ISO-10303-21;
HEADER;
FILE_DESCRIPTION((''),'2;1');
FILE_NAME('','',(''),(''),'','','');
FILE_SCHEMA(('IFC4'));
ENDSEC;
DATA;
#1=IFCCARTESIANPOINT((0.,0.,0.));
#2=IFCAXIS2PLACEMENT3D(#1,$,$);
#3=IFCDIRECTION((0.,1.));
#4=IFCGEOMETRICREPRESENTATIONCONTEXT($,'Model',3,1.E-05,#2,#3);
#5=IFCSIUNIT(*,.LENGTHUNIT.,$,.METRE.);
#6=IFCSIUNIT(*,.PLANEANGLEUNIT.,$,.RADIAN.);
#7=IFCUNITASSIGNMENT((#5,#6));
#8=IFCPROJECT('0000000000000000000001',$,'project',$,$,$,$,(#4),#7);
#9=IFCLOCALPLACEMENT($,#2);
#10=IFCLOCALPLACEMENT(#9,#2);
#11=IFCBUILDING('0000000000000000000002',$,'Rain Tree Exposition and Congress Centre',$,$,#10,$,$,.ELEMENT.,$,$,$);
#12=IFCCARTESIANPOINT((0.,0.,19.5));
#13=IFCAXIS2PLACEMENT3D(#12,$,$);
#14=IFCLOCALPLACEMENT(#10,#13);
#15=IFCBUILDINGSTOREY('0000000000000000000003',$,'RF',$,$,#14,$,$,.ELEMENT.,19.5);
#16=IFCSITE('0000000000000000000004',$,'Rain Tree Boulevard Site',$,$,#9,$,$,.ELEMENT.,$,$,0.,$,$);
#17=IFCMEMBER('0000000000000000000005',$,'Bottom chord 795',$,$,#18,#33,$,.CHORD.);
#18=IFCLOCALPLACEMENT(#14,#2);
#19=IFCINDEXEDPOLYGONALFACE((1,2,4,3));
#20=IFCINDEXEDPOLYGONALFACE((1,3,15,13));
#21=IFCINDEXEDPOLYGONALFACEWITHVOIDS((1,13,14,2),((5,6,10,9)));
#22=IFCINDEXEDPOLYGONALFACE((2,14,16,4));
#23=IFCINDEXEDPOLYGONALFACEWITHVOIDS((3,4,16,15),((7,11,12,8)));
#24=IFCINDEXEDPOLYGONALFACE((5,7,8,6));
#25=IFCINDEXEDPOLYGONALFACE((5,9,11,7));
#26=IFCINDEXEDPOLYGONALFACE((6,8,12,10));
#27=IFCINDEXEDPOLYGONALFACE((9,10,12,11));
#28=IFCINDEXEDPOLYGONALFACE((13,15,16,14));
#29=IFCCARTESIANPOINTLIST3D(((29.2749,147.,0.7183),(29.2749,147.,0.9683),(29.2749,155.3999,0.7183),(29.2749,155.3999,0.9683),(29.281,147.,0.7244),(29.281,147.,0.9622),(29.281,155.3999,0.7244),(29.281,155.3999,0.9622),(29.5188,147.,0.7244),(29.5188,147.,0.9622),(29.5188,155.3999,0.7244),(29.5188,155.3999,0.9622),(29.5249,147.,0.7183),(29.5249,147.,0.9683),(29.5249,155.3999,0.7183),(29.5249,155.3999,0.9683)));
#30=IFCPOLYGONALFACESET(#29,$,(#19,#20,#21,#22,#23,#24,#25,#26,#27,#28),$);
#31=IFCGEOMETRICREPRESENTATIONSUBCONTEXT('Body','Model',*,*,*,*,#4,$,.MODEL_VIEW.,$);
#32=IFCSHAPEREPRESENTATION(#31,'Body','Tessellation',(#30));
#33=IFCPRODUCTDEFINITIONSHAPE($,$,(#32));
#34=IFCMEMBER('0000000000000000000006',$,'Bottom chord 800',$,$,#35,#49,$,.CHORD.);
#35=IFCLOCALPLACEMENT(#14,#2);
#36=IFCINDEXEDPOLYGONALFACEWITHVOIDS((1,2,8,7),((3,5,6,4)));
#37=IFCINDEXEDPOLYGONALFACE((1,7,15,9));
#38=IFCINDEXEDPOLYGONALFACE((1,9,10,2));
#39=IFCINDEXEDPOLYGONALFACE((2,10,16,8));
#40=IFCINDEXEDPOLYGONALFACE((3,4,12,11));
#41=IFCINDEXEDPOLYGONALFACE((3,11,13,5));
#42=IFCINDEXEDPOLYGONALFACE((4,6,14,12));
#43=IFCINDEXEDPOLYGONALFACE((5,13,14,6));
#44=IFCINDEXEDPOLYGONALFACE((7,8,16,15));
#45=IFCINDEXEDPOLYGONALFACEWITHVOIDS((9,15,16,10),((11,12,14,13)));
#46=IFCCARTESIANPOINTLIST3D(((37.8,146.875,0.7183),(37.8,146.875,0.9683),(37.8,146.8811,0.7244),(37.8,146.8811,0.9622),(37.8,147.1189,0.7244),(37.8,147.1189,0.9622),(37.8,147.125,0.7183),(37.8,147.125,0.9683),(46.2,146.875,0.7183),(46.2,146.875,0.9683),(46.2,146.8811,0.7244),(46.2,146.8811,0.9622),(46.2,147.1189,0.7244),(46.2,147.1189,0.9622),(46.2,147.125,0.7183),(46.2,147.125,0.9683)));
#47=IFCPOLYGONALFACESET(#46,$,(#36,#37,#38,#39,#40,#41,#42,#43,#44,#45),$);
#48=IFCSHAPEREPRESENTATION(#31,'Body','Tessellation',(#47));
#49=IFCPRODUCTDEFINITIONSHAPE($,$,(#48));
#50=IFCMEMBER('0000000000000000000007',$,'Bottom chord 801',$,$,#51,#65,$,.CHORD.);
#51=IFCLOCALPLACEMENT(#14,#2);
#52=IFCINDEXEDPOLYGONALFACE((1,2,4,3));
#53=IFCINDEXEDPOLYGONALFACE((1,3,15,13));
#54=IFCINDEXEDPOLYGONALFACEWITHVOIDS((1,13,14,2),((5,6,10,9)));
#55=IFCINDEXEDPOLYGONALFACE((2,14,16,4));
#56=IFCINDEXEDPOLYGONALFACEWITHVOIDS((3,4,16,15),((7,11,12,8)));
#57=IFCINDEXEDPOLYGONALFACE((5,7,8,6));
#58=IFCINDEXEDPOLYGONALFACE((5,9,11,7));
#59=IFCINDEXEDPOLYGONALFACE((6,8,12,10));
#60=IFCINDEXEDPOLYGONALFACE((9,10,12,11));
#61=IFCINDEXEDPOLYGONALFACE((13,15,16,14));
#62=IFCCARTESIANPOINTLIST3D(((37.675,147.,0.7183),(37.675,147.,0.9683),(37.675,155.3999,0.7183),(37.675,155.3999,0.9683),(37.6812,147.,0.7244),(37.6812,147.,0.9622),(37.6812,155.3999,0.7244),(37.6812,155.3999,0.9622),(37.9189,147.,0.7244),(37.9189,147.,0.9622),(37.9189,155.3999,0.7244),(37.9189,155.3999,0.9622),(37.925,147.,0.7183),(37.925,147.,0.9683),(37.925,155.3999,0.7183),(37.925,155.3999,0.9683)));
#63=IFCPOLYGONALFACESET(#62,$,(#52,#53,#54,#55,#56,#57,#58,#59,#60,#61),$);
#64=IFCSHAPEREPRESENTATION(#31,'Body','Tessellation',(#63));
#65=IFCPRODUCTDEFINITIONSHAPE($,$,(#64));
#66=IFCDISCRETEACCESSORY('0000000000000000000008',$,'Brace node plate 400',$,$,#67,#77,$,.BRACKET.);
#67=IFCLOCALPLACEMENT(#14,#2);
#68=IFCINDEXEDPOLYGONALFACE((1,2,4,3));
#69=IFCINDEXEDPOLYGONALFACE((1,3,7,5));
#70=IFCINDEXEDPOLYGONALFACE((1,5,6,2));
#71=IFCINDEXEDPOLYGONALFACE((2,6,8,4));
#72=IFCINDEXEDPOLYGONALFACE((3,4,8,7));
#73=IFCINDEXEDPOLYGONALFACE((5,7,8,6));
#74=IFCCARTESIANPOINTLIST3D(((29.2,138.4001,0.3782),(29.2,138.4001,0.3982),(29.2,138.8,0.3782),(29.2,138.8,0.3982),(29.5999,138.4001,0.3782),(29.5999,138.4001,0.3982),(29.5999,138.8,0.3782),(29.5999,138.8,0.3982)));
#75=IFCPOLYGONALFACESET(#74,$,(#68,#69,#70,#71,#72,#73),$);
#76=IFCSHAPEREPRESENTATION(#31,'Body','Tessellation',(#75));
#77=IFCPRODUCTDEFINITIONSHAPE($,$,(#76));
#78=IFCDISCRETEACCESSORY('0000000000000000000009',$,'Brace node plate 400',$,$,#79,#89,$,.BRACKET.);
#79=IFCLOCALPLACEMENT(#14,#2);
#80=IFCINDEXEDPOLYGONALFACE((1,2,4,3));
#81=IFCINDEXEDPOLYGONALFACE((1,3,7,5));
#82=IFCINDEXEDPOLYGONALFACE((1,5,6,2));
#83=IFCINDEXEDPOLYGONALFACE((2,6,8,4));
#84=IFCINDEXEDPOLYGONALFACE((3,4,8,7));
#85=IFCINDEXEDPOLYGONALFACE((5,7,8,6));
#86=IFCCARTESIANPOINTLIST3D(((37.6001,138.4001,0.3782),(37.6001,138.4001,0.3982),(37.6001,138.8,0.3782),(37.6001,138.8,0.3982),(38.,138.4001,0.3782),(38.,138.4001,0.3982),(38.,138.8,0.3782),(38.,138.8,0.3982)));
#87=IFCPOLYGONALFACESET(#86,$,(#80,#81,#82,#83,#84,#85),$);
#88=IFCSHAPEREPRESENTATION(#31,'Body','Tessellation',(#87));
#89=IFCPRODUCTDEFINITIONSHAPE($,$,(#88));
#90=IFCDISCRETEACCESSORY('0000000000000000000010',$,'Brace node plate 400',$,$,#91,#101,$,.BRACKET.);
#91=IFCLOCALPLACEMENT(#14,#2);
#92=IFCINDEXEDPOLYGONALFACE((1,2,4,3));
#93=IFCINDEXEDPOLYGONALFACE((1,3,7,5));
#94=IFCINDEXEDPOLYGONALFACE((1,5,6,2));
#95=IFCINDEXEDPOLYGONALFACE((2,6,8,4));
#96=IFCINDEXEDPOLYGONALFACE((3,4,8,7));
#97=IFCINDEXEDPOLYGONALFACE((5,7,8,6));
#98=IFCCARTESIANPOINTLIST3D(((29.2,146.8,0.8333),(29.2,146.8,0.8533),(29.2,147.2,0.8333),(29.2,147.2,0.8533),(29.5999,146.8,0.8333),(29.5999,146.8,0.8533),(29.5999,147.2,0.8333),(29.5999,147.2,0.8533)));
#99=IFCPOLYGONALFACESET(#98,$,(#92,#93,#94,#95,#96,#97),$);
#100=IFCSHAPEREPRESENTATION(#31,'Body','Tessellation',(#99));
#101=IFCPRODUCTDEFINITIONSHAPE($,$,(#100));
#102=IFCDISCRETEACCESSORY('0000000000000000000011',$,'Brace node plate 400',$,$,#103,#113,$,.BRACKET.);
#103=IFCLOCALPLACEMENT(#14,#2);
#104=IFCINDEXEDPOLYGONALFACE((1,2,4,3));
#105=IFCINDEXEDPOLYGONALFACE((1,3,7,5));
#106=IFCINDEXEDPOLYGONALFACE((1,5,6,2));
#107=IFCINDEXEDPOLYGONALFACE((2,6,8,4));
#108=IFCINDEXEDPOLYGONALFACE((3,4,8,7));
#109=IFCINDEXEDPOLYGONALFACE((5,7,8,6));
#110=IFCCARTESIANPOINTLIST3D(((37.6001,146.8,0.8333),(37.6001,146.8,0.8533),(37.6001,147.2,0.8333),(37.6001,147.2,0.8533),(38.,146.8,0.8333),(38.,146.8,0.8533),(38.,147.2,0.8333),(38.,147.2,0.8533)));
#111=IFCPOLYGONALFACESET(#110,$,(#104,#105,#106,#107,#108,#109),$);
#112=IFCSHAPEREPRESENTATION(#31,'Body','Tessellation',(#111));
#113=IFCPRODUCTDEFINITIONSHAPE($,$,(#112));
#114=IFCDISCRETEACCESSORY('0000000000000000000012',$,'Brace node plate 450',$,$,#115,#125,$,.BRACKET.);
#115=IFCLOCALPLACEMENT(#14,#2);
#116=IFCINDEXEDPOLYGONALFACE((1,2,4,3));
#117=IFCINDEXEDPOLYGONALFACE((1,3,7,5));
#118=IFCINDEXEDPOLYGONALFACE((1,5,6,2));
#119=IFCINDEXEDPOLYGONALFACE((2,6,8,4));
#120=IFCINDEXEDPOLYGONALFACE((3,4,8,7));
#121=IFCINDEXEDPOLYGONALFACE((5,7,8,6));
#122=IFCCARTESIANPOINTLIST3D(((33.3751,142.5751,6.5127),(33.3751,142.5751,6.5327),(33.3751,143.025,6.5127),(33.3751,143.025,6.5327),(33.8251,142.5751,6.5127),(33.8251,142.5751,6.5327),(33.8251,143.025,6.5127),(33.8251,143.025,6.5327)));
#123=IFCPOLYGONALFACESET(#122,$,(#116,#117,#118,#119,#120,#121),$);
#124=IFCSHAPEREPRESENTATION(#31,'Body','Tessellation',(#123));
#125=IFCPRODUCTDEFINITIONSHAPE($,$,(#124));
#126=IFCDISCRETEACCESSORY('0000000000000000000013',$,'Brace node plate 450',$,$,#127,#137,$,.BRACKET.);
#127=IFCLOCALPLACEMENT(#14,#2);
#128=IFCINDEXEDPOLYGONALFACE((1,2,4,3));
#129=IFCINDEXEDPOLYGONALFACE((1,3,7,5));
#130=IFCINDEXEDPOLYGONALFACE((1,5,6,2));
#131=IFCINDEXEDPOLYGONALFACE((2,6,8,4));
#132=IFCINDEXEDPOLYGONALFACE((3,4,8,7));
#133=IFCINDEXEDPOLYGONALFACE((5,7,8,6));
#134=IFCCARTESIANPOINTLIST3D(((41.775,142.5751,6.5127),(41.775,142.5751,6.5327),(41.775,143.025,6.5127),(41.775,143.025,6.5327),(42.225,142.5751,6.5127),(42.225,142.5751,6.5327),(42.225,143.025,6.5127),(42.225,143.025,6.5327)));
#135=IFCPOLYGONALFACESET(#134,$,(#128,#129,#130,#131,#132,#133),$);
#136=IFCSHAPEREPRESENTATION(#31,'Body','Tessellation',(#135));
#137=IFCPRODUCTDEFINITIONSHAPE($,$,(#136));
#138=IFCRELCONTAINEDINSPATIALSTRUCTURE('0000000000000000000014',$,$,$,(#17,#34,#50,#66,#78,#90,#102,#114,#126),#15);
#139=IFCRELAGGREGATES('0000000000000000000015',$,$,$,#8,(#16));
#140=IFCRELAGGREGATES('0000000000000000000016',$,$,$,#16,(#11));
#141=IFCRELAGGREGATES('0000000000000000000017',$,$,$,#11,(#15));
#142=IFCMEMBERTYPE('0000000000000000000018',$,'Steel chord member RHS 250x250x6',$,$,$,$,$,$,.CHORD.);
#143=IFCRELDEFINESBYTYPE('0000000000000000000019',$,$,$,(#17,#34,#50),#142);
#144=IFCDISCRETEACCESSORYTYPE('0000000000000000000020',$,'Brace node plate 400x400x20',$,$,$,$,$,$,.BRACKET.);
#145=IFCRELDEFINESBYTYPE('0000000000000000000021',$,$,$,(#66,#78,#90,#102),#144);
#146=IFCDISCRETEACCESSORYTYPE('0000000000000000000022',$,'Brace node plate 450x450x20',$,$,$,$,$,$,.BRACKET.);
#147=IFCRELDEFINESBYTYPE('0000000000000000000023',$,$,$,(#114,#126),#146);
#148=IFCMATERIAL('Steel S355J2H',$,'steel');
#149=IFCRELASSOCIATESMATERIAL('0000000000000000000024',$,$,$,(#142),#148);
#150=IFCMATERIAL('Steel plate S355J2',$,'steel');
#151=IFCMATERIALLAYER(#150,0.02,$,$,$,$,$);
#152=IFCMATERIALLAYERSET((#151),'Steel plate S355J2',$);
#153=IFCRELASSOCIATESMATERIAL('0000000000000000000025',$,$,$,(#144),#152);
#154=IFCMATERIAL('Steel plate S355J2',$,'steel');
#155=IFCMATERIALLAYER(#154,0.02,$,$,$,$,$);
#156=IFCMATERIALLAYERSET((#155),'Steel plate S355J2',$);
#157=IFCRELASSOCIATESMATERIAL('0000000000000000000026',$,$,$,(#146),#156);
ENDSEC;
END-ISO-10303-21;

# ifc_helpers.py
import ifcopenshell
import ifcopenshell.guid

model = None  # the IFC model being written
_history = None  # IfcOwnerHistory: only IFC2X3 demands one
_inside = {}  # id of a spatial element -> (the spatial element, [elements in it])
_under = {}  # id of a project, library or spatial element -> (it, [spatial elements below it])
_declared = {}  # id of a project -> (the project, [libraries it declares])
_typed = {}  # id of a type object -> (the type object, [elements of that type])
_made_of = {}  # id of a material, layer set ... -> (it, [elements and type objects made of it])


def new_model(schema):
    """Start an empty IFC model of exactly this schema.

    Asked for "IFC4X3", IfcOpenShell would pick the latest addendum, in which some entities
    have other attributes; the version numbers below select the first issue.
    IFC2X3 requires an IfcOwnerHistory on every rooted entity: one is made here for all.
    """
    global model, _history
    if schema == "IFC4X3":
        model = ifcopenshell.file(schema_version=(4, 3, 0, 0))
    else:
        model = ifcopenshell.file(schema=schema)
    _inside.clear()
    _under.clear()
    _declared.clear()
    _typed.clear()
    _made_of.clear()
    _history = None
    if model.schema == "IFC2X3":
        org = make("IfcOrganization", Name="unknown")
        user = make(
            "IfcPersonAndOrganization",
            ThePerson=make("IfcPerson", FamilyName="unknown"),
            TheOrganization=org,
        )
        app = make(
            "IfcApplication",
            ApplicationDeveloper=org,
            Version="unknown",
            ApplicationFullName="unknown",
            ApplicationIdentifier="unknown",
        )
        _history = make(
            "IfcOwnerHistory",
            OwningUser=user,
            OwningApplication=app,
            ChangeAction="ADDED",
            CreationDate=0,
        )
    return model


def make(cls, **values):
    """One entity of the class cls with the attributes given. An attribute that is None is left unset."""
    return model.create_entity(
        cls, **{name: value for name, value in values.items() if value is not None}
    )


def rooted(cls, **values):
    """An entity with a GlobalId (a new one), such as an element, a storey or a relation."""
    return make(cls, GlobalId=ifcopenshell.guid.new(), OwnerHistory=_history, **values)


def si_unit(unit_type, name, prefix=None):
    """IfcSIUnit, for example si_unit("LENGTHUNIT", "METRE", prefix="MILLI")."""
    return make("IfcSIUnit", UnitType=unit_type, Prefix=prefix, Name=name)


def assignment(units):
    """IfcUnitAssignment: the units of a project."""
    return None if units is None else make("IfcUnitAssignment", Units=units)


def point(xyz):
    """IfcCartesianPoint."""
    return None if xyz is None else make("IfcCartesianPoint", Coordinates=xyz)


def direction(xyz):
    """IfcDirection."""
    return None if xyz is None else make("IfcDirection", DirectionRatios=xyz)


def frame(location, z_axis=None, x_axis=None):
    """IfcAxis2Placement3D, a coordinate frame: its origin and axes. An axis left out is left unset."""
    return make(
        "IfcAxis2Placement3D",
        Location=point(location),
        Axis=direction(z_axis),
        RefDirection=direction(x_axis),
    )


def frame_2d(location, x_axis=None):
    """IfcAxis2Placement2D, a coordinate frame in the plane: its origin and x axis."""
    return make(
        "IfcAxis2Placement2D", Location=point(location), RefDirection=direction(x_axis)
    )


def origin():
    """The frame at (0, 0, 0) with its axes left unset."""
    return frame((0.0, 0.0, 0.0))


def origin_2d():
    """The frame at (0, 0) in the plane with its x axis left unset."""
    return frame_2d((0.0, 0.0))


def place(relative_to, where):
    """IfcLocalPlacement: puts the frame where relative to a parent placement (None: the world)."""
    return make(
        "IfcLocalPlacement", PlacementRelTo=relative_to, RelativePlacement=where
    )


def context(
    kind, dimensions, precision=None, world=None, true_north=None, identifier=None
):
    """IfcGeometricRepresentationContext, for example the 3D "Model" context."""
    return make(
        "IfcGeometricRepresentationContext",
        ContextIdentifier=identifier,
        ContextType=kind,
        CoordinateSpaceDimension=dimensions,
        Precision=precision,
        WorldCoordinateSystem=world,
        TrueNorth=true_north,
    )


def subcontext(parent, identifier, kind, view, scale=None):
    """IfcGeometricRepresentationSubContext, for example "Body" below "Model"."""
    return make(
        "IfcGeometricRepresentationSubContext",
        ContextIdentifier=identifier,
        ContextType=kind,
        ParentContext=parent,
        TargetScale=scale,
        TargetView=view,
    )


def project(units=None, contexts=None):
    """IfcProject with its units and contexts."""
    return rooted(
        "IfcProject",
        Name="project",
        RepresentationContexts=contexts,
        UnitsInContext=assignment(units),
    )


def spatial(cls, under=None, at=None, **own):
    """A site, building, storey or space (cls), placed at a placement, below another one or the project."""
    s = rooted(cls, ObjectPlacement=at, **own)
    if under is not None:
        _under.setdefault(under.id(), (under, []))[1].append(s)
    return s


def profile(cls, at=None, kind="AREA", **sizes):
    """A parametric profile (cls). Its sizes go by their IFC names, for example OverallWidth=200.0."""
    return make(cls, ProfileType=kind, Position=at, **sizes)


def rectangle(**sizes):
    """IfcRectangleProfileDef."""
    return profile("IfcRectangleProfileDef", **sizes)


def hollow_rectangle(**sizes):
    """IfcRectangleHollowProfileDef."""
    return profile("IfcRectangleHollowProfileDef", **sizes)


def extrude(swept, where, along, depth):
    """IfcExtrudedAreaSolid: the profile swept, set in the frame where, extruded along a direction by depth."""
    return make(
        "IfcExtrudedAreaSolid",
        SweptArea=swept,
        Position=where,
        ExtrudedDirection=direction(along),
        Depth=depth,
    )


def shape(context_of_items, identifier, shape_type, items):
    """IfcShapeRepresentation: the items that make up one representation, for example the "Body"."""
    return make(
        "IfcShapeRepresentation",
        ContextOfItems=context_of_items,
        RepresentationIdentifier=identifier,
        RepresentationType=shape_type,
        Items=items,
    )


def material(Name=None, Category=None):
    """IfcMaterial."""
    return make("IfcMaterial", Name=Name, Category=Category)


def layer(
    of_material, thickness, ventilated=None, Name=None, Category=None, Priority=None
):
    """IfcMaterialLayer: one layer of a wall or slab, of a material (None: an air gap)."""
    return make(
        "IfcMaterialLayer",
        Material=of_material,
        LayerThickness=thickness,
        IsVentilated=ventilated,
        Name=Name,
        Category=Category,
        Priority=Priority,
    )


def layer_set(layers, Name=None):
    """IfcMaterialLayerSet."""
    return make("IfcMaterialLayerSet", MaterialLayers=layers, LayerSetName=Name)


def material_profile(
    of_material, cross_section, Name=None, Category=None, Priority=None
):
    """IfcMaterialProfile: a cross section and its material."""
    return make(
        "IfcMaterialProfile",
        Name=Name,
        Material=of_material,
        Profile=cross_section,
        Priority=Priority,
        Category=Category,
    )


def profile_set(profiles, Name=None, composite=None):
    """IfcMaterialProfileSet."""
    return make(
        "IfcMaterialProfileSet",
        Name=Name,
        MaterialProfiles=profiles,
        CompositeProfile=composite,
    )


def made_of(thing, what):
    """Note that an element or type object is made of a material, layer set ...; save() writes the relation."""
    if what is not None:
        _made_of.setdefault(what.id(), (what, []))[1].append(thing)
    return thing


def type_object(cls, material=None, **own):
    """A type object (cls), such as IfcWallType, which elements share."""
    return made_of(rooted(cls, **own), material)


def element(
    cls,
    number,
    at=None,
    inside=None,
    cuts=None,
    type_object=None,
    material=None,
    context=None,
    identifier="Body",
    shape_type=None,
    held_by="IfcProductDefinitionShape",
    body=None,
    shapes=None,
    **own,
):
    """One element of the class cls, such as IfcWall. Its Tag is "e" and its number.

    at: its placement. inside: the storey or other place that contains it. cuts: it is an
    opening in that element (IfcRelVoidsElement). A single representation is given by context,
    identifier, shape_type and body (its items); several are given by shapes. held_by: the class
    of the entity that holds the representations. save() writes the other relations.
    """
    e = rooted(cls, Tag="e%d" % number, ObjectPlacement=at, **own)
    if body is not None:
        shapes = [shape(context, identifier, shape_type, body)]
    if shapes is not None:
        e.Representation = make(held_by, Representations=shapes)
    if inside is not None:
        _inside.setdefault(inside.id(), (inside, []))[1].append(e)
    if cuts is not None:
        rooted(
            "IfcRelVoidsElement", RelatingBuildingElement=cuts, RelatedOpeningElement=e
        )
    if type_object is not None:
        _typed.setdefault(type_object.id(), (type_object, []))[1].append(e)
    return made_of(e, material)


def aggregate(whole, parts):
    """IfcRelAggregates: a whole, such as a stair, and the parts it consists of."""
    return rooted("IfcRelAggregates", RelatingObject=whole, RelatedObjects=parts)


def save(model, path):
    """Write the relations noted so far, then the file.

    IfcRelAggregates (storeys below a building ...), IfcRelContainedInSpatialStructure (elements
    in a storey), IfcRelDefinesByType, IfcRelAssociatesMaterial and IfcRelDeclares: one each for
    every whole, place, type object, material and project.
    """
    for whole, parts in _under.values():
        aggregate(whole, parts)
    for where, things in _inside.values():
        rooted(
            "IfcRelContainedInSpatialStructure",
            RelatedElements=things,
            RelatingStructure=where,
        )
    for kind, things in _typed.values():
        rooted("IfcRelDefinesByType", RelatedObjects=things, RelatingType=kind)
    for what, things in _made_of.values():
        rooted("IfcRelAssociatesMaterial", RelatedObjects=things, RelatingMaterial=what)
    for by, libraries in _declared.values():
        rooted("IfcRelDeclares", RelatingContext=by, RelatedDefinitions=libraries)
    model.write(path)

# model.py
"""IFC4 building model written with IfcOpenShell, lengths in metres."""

from ifc_helpers import new_model, si_unit, direction, frame, origin, origin_2d, place, context, subcontext, project, spatial, rectangle, hollow_rectangle, extrude, material, layer, layer_set, material_profile, profile_set, type_object, element, save


model = new_model("IFC4")

# Units and contexts
model_context = context("Model", 3, precision=1e-05, world=origin(), true_north=direction((0.0, 1.0)))
body_context = subcontext(model_context, "Body", "Model", "MODEL_VIEW")
ifc_project = project(units=[si_unit("LENGTHUNIT", "METRE"), si_unit("PLANEANGLEUNIT", "RADIAN")], contexts=[model_context])

# Site, building, storey
site_placement = place(None, origin())
site = spatial("IfcSite", under=ifc_project, at=site_placement, Name="Rain Tree Boulevard Site", CompositionType="ELEMENT", RefElevation=0.0)
building_placement = place(site_placement, origin())
building = spatial("IfcBuilding", under=site, at=building_placement, Name="Rain Tree Exposition and Congress Centre", CompositionType="ELEMENT")
storey_placement = place(building_placement, frame((0.0, 0.0, 19.5)))
storey = spatial("IfcBuildingStorey", under=building, at=storey_placement, Name="RF", CompositionType="ELEMENT", Elevation=19.5)

# Members
ifc_material_1 = material(Name="Steel S355J2H", Category="steel")
ifc_material_profile_1 = material_profile(ifc_material_1, hollow_rectangle(XDim=0.25, YDim=0.25, WallThickness=0.0061, at=origin_2d()), Name="RHS 250x250x6")
ifc_profile_set_1 = profile_set([ifc_material_profile_1], Name="Steel S355J2H")
member_type_1 = type_object("IfcMemberType", Name="Steel chord member RHS 250x250x6", PredefinedType="CHORD", material=ifc_profile_set_1)
for number, where, z_axis, x_axis, name in (
    (1, (29.3999, 147.0, 0.8433), (0.0, 1.0, 0.0), (-1.0, 0.0, 0.0), "Bottom chord 795"),
    (2, (37.8, 147.0, 0.8433), (1.0, 0.0, 0.0), (0.0, 1.0, 0.0), "Bottom chord 800"),
    (3, (37.8, 147.0, 0.8433), (0.0, 1.0, 0.0), (-1.0, 0.0, 0.0), "Bottom chord 801"),
):
    element("IfcMember", number, at=place(storey_placement, frame(where, z_axis=z_axis, x_axis=x_axis)), inside=storey, type_object=member_type_1, Name=name, PredefinedType="CHORD", context=body_context, shape_type="SweptSolid", body=[
        extrude(hollow_rectangle(XDim=0.25, YDim=0.25, WallThickness=0.0061, at=origin_2d()), origin(), (0.0, 0.0, 1.0), 8.3999),
    ])

# Discrete accessories
ifc_material_2 = material(Name="Steel plate S355J2", Category="steel")
ifc_layer_1 = layer(ifc_material_2, 0.02)
ifc_layer_set_1 = layer_set([ifc_layer_1], Name="Steel plate S355J2")
discrete_accessory_type_1 = type_object("IfcDiscreteAccessoryType", Name="Brace node plate 400x400x20", PredefinedType="BRACKET", material=ifc_layer_set_1)
for number, where, z_axis, x_axis, name in (
    (4, (29.3999, 138.6001, 0.3782), (0.0, 0.0, 1.0), (1.0, 0.0, 0.0), "Brace node plate 400"),
    (5, (37.8, 138.6001, 0.3782), (0.0, 0.0, 1.0), (1.0, 0.0, 0.0), "Brace node plate 400"),
    (6, (29.3999, 147.0, 0.8333), (0.0, 0.0, 1.0), (1.0, 0.0, 0.0), "Brace node plate 400"),
    (7, (37.8, 147.0, 0.8333), (0.0, 0.0, 1.0), (1.0, 0.0, 0.0), "Brace node plate 400"),
):
    element("IfcDiscreteAccessory", number, at=place(storey_placement, frame(where, z_axis=z_axis, x_axis=x_axis)), inside=storey, type_object=discrete_accessory_type_1, Name=name, PredefinedType="BRACKET", context=body_context, shape_type="SweptSolid", body=[
        extrude(rectangle(XDim=0.3999, YDim=0.3999, at=origin_2d()), origin(), (0.0, 0.0, 1.0), 0.02),
    ])
ifc_material_3 = material(Name="Steel plate S355J2", Category="steel")
ifc_layer_2 = layer(ifc_material_3, 0.02)
ifc_layer_set_2 = layer_set([ifc_layer_2], Name="Steel plate S355J2")
discrete_accessory_type_2 = type_object("IfcDiscreteAccessoryType", Name="Brace node plate 450x450x20", PredefinedType="BRACKET", material=ifc_layer_set_2)
for number, where, z_axis, x_axis, name in (
    (8, (33.6001, 142.8, 6.5127), (0.0, 0.0, 1.0), (1.0, 0.0, 0.0), "Brace node plate 450"),
    (9, (42.0, 142.8, 6.5127), (0.0, 0.0, 1.0), (1.0, 0.0, 0.0), "Brace node plate 450"),
):
    element("IfcDiscreteAccessory", number, at=place(storey_placement, frame(where, z_axis=z_axis, x_axis=x_axis)), inside=storey, type_object=discrete_accessory_type_2, Name=name, PredefinedType="BRACKET", context=body_context, shape_type="SweptSolid", body=[
        extrude(rectangle(XDim=0.45, YDim=0.45, at=origin_2d()), origin(), (0.0, 0.0, 1.0), 0.02),
    ])

save(model, "model.ifc")
